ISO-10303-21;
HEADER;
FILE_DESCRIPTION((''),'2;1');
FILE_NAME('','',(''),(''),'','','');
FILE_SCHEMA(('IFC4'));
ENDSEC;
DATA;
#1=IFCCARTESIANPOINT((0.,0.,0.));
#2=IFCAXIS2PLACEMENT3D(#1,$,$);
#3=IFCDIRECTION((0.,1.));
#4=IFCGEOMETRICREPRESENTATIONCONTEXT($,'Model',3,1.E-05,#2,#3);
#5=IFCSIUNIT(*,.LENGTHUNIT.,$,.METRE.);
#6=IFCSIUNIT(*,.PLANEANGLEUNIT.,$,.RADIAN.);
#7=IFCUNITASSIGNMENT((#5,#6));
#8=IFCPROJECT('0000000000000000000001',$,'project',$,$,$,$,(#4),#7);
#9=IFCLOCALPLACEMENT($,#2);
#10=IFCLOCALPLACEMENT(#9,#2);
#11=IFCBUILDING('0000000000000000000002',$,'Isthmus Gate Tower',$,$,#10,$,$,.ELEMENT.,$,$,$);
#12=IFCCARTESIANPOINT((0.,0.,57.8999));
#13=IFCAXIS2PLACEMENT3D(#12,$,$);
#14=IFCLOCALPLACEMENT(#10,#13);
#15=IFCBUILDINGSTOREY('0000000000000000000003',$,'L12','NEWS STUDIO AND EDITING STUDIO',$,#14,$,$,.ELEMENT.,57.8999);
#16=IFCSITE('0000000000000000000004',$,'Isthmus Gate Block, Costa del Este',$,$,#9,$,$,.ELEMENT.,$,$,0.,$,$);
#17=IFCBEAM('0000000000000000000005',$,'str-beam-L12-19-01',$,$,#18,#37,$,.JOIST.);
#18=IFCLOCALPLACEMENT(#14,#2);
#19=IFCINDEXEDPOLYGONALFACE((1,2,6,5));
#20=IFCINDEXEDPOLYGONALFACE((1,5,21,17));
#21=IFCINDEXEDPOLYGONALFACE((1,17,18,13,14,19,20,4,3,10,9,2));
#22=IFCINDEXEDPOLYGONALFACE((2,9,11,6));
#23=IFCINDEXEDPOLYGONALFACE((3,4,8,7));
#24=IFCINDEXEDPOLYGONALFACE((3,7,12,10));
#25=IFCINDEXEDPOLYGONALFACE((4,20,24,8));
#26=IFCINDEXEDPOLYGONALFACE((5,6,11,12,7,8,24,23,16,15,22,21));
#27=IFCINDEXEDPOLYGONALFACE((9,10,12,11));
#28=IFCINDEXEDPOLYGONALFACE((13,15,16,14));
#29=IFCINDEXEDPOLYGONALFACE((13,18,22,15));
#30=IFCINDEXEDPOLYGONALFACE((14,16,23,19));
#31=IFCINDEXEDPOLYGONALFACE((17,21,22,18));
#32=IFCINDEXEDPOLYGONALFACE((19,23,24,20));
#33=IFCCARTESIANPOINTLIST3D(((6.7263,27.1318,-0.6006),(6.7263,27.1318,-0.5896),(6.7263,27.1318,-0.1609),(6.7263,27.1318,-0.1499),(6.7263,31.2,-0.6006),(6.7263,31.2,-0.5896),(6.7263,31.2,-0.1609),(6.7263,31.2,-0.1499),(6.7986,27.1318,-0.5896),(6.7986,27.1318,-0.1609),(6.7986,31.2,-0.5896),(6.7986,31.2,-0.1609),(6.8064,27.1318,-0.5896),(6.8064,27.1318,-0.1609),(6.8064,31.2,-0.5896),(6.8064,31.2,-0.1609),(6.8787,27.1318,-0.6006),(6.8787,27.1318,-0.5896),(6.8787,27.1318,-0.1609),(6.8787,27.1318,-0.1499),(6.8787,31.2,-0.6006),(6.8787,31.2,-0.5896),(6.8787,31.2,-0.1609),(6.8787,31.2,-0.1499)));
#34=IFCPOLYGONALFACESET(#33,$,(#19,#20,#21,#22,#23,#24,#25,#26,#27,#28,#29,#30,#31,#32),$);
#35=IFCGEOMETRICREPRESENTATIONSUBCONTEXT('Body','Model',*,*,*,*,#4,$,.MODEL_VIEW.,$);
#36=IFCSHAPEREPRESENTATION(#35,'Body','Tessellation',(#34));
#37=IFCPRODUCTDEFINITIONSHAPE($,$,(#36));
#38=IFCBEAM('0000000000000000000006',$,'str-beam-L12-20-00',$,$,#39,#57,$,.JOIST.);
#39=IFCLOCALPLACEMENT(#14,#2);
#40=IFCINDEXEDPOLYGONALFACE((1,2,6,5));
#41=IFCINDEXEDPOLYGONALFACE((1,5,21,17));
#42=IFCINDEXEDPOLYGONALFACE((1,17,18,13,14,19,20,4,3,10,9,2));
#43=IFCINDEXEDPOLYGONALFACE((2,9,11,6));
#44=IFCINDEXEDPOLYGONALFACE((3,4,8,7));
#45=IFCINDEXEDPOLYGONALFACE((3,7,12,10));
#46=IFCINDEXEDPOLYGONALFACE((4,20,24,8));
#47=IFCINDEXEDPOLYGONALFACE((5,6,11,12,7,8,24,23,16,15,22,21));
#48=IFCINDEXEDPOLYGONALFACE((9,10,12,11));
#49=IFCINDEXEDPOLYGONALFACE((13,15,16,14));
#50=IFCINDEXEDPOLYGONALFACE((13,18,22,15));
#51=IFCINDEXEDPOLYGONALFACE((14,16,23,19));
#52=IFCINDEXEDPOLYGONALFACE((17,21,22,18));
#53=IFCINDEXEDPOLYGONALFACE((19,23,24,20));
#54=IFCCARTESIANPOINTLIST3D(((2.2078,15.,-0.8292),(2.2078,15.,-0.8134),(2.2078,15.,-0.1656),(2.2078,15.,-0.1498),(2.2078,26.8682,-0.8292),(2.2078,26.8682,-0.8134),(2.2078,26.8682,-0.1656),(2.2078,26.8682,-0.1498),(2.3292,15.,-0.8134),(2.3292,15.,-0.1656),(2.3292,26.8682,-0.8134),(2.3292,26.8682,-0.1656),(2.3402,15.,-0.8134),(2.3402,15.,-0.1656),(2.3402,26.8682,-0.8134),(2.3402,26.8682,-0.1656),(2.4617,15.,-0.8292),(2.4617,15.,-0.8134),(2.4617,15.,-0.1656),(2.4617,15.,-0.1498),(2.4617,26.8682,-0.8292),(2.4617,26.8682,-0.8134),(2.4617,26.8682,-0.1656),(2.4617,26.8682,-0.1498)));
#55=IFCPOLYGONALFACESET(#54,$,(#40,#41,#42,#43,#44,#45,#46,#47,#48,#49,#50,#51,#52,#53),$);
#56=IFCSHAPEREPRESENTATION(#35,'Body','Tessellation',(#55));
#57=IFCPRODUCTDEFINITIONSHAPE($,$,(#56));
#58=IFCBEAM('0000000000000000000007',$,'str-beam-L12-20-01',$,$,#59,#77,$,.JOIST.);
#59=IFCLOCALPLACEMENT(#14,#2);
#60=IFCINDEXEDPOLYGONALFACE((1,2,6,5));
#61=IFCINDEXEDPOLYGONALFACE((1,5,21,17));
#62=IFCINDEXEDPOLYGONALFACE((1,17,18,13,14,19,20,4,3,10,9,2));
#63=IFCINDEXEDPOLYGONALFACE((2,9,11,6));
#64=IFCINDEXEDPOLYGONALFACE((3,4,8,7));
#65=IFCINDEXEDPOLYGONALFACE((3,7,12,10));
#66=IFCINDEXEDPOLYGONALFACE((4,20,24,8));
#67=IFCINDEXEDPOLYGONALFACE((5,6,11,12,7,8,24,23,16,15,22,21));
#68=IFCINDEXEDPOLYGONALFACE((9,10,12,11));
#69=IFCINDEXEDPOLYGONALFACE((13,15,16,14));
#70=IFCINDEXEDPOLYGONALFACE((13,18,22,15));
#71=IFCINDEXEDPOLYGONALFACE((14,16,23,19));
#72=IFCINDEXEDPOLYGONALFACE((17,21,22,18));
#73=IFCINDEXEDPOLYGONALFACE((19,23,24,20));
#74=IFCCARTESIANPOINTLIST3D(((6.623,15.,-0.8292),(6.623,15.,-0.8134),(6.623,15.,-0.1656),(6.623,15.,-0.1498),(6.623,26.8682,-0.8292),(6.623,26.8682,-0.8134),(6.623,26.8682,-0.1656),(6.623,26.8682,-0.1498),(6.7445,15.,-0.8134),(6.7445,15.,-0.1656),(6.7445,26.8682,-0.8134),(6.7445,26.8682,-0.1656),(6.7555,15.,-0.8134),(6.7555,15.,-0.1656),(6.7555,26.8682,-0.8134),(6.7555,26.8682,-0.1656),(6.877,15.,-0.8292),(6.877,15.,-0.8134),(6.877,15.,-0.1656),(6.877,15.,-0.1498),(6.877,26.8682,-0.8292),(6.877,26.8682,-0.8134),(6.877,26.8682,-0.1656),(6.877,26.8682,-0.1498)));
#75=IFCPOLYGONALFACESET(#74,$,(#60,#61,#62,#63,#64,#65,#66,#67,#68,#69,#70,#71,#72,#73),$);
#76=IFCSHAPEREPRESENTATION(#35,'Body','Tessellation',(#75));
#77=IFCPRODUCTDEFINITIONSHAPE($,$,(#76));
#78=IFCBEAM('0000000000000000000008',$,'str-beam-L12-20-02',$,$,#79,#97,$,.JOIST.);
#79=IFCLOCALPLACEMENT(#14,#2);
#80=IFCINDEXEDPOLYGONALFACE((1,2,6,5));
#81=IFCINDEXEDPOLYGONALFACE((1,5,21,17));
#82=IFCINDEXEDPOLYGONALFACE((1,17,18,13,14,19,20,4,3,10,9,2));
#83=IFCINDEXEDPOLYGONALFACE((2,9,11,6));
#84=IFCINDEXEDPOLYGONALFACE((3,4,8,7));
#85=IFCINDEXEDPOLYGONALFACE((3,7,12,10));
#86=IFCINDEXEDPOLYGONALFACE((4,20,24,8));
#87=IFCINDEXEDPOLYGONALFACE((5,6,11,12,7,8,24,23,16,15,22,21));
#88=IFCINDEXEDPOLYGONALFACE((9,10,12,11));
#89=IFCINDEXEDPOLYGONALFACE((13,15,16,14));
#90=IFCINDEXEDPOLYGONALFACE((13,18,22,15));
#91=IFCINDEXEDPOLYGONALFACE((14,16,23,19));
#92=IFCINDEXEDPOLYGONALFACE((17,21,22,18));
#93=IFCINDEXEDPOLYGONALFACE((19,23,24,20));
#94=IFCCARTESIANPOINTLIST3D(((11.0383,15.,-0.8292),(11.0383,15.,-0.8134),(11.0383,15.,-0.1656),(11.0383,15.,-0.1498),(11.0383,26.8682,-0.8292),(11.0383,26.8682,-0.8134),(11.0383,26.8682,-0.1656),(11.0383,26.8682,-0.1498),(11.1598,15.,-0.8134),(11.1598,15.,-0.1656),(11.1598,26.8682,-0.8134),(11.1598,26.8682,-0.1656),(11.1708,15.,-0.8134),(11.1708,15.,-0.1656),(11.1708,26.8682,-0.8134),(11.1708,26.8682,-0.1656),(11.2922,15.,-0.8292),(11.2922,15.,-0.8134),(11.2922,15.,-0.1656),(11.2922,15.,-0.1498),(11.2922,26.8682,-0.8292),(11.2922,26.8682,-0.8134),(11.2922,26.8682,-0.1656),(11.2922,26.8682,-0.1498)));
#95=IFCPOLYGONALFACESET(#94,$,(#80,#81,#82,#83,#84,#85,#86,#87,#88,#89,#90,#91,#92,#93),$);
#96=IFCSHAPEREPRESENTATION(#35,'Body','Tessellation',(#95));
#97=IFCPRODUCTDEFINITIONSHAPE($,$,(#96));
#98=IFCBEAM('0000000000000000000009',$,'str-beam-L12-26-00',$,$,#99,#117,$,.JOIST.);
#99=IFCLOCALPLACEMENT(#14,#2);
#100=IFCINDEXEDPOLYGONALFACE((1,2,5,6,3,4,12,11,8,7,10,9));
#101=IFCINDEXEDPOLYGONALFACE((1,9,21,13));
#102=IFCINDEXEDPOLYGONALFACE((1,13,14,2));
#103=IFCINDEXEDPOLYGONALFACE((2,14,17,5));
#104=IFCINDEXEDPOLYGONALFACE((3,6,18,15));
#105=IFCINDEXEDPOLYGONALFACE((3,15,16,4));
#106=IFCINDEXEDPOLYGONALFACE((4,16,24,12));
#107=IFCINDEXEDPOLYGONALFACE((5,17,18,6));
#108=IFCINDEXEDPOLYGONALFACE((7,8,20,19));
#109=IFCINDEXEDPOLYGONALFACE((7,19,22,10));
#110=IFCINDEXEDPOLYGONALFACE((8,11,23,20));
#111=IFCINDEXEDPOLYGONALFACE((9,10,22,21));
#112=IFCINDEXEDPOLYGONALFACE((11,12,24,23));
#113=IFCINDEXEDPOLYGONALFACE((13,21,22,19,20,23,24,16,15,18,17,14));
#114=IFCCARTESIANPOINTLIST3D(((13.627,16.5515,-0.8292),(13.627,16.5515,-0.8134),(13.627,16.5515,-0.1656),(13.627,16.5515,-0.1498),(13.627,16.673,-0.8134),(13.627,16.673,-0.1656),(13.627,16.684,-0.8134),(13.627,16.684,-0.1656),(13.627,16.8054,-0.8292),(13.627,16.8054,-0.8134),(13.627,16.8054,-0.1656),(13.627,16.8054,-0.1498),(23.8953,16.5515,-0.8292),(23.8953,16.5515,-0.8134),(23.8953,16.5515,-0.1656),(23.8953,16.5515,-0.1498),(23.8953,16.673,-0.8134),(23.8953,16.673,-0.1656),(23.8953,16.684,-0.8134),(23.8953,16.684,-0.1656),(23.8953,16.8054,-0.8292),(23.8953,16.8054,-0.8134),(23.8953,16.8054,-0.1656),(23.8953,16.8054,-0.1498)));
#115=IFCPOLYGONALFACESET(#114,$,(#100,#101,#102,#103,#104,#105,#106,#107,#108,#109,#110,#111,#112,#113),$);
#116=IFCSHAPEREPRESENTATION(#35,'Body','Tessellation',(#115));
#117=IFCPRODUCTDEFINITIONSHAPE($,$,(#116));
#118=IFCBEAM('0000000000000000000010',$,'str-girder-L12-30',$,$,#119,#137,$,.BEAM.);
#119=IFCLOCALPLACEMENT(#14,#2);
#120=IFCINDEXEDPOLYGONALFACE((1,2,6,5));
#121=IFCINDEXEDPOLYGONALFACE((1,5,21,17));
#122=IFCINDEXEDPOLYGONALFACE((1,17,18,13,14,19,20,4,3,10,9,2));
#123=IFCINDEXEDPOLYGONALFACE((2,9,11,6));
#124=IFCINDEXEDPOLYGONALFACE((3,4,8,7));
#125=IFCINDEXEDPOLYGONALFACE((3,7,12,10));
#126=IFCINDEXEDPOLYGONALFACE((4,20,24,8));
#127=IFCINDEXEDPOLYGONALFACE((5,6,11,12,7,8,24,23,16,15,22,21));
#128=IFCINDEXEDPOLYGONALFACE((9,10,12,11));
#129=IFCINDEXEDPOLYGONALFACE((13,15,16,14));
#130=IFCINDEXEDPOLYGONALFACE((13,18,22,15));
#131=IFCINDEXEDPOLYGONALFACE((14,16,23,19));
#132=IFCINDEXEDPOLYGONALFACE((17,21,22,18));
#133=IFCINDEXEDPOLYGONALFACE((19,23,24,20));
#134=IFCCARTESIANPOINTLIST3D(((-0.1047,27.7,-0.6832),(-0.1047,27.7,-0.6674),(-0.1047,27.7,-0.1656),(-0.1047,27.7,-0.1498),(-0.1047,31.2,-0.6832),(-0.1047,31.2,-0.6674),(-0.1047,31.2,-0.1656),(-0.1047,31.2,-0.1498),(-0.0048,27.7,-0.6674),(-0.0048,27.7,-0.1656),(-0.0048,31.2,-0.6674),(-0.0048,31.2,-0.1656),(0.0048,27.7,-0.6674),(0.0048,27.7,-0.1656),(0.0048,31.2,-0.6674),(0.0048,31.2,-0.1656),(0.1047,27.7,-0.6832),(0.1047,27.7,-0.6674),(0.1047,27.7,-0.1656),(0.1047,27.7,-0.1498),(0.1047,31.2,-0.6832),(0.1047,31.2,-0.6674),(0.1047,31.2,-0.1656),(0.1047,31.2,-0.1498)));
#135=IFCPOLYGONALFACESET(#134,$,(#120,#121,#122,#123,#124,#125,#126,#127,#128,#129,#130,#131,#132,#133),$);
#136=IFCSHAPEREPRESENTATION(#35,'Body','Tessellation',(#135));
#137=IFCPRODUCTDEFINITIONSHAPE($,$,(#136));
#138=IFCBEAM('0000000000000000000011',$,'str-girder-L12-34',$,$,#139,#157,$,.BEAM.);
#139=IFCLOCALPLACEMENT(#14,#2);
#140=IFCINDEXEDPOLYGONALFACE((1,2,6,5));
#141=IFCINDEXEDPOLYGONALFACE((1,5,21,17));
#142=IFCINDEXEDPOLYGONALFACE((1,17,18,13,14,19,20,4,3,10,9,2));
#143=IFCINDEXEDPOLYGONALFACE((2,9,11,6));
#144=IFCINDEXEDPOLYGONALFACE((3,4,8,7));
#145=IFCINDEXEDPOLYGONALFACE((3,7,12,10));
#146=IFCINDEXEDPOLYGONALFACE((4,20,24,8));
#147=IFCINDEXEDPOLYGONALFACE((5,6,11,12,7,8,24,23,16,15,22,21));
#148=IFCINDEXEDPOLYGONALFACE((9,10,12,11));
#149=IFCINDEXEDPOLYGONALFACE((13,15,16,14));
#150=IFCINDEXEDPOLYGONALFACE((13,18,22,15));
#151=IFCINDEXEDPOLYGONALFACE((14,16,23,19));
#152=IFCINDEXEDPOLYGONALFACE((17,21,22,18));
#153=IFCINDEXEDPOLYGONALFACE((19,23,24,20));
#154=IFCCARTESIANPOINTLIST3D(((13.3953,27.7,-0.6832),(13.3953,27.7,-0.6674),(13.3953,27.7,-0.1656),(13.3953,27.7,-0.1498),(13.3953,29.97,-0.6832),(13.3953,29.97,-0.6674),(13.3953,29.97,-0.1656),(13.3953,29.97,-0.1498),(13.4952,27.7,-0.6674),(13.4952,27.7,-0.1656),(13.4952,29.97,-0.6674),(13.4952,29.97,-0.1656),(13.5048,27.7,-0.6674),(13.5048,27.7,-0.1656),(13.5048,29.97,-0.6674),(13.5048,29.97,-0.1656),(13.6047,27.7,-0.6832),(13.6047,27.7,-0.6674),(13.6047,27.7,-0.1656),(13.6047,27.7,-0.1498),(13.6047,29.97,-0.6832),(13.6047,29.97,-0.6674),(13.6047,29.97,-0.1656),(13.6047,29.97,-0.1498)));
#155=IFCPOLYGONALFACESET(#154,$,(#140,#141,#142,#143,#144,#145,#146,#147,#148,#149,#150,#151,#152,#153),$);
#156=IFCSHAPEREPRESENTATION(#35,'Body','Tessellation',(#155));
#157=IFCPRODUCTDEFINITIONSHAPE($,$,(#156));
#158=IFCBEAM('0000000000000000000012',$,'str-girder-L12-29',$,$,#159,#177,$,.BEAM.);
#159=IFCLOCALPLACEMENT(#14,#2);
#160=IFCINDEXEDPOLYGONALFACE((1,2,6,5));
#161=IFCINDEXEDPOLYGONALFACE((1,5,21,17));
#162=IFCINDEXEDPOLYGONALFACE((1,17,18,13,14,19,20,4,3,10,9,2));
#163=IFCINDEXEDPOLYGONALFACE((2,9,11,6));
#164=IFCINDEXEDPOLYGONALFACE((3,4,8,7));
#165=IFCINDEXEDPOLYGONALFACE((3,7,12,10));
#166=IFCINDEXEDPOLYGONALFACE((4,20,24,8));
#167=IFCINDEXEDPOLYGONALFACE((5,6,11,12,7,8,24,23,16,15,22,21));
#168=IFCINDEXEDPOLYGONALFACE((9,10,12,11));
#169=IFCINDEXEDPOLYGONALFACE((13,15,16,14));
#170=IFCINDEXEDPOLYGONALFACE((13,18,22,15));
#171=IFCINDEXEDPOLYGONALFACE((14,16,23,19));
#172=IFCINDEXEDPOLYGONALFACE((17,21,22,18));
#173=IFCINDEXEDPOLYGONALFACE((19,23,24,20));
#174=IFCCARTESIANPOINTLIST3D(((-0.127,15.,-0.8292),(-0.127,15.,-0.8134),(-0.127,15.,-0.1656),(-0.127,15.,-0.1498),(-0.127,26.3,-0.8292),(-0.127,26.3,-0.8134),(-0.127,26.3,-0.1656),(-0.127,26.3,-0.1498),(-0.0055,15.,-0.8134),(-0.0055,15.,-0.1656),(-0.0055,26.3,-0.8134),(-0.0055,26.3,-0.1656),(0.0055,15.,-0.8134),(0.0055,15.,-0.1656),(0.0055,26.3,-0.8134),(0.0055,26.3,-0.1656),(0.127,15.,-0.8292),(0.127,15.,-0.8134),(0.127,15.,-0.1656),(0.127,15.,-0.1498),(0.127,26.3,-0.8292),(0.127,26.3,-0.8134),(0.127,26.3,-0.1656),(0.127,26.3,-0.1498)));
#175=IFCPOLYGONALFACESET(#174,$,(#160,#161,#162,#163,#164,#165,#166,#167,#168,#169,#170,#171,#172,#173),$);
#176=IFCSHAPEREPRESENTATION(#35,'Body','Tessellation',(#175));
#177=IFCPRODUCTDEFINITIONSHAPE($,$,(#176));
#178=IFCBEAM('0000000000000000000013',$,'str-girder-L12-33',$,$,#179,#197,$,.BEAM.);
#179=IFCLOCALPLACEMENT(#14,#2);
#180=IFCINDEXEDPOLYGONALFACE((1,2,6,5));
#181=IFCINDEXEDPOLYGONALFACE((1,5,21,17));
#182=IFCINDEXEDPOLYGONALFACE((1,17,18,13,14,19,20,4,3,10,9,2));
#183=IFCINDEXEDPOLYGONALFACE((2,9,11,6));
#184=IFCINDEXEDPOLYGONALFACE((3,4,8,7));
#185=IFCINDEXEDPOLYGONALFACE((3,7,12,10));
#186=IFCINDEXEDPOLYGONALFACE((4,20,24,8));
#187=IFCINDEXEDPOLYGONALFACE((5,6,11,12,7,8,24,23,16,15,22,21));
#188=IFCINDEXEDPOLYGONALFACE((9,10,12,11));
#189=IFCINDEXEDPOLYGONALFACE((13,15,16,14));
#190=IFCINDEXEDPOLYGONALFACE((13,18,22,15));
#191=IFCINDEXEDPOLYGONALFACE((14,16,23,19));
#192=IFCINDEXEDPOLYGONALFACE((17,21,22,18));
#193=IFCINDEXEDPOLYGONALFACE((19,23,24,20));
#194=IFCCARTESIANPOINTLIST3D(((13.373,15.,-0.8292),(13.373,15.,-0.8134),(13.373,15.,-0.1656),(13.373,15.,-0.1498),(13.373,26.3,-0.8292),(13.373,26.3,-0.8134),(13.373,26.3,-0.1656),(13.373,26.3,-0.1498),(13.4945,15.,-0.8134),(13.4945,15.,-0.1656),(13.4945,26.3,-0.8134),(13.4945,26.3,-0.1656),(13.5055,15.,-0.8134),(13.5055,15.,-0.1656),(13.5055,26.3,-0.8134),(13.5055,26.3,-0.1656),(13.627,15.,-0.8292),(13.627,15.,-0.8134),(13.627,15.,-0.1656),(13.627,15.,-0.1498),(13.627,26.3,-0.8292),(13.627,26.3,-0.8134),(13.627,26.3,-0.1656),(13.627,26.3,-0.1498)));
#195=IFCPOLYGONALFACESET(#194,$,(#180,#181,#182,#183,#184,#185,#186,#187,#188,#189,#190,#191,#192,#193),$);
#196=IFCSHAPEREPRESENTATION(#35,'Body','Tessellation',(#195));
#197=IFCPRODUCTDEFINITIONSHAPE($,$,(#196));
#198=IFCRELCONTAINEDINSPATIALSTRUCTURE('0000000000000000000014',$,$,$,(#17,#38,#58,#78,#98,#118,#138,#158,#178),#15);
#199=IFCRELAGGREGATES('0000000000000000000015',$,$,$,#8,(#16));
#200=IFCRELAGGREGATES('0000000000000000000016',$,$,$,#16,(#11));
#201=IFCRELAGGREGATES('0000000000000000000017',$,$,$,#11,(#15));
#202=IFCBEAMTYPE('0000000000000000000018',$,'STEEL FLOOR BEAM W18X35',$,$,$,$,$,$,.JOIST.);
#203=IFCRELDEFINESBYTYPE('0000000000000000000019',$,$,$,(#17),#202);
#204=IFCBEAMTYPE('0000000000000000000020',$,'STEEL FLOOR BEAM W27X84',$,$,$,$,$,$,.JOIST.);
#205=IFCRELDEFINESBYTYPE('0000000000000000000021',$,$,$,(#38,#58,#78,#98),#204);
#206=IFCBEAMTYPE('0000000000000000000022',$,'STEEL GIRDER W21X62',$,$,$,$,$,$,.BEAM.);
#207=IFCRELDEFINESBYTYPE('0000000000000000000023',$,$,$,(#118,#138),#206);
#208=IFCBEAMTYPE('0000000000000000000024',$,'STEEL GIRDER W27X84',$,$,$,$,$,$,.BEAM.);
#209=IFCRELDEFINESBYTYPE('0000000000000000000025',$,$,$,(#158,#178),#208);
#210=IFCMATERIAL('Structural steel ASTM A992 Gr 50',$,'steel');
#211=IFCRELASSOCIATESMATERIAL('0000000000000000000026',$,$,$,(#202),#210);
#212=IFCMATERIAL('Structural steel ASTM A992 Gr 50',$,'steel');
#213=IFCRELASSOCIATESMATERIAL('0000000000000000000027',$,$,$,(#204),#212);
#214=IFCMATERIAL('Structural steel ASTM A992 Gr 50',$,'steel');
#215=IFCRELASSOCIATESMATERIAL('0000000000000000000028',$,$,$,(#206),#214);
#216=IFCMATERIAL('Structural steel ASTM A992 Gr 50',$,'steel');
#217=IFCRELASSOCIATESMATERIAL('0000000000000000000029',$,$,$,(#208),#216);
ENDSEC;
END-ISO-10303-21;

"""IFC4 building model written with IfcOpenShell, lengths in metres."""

from ifc_helpers import new_model, si_unit, direction, frame, origin, origin_2d, place, context, subcontext, project, spatial, i_section, extrude, material, material_profile, profile_set, type_object, element, save


model = new_model("IFC4")

# Units and contexts
model_context = context("Model", 3, precision=1e-05, world=origin(), true_north=direction((0.0, 1.0)))
body_context = subcontext(model_context, "Body", "Model", "MODEL_VIEW")
ifc_project = project(units=[si_unit("LENGTHUNIT", "METRE"), si_unit("PLANEANGLEUNIT", "RADIAN")], contexts=[model_context])

# Site, building, storey
site_placement = place(None, origin())
site = spatial("IfcSite", under=ifc_project, at=site_placement, Name="Isthmus Gate Block, Costa del Este", CompositionType="ELEMENT", RefElevation=0.0)
building_placement = place(site_placement, origin())
building = spatial("IfcBuilding", under=site, at=building_placement, Name="Isthmus Gate Tower", CompositionType="ELEMENT")
storey_placement = place(building_placement, frame((0.0, 0.0, 57.8999)))
storey = spatial("IfcBuildingStorey", under=building, at=storey_placement, Name="L12", Description="NEWS STUDIO AND EDITING STUDIO", CompositionType="ELEMENT", Elevation=57.8999)

# Beams
ifc_material_1 = material(Name="Structural steel ASTM A992 Gr 50", Category="steel")
ifc_material_profile_1 = material_profile(ifc_material_1, i_section(OverallWidth=0.1523, OverallDepth=0.4507, WebThickness=0.0078, FlangeThickness=0.011, at=origin_2d()), Name="W18X35")
ifc_profile_set_1 = profile_set([ifc_material_profile_1], Name="Structural steel ASTM A992 Gr 50")
beam_type_1 = type_object("IfcBeamType", Name="STEEL FLOOR BEAM W18X35", PredefinedType="JOIST", material=ifc_profile_set_1)
beam_1_placement = place(storey_placement, frame((6.8025, 27.1318, -0.3752), z_axis=(0.0, 1.0, 0.0), x_axis=(-1.0, 0.0, 0.0)))
element("IfcBeam", 1, at=beam_1_placement, inside=storey, type_object=beam_type_1, Name="str-beam-L12-19-01", PredefinedType="JOIST", context=body_context, shape_type="SweptSolid", body=[
    extrude(i_section(OverallWidth=0.1523, OverallDepth=0.4507, WebThickness=0.0078, FlangeThickness=0.011, at=origin_2d()), origin(), (0.0, 0.0, 1.0), 4.0681),
])
ifc_material_2 = material(Name="Structural steel ASTM A992 Gr 50", Category="steel")
ifc_material_profile_2 = material_profile(ifc_material_2, i_section(OverallWidth=0.2539, OverallDepth=0.6794, WebThickness=0.011, FlangeThickness=0.0159, at=origin_2d()), Name="W27X84")
ifc_profile_set_2 = profile_set([ifc_material_profile_2], Name="Structural steel ASTM A992 Gr 50")
beam_type_2 = type_object("IfcBeamType", Name="STEEL FLOOR BEAM W27X84", PredefinedType="JOIST", material=ifc_profile_set_2)
for number, where, z_axis, x_axis, name in (
    (2, (2.3347, 15.0, -0.4895), (0.0, 1.0, 0.0), (-1.0, 0.0, 0.0), "str-beam-L12-20-00"),
    (3, (6.75, 15.0, -0.4895), (0.0, 1.0, 0.0), (-1.0, 0.0, 0.0), "str-beam-L12-20-01"),
    (4, (11.1653, 15.0, -0.4895), (0.0, 1.0, 0.0), (-1.0, 0.0, 0.0), "str-beam-L12-20-02"),
):
    element("IfcBeam", number, at=place(storey_placement, frame(where, z_axis=z_axis, x_axis=x_axis)), inside=storey, type_object=beam_type_2, Name=name, PredefinedType="JOIST", context=body_context, shape_type="SweptSolid", body=[
        extrude(i_section(OverallWidth=0.2539, OverallDepth=0.6794, WebThickness=0.011, FlangeThickness=0.0159, at=origin_2d()), origin(), (0.0, 0.0, 1.0), 11.8682),
    ])
beam_2_placement = place(storey_placement, frame((13.627, 16.6785, -0.4895), z_axis=(1.0, 0.0, 0.0), x_axis=(0.0, 1.0, 0.0)))
element("IfcBeam", 5, at=beam_2_placement, inside=storey, type_object=beam_type_2, Name="str-beam-L12-26-00", PredefinedType="JOIST", context=body_context, shape_type="SweptSolid", body=[
    extrude(i_section(OverallWidth=0.2539, OverallDepth=0.6794, WebThickness=0.011, FlangeThickness=0.0159, at=origin_2d()), origin(), (0.0, 0.0, 1.0), 10.2683),
])
ifc_material_3 = material(Name="Structural steel ASTM A992 Gr 50", Category="steel")
ifc_material_profile_3 = material_profile(ifc_material_3, i_section(OverallWidth=0.2095, OverallDepth=0.5334, WebThickness=0.0095, FlangeThickness=0.0159, at=origin_2d()), Name="W21X62")
ifc_profile_set_3 = profile_set([ifc_material_profile_3], Name="Structural steel ASTM A992 Gr 50")
beam_type_3 = type_object("IfcBeamType", Name="STEEL GIRDER W21X62", PredefinedType="BEAM", material=ifc_profile_set_3)
beam_3_placement = place(storey_placement, frame((0.0, 27.7, -0.4165), z_axis=(0.0, 1.0, 0.0), x_axis=(-1.0, 0.0, 0.0)))
element("IfcBeam", 6, at=beam_3_placement, inside=storey, type_object=beam_type_3, Name="str-girder-L12-30", PredefinedType="BEAM", context=body_context, shape_type="SweptSolid", body=[
    extrude(i_section(OverallWidth=0.2095, OverallDepth=0.5334, WebThickness=0.0095, FlangeThickness=0.0159, at=origin_2d()), origin(), (0.0, 0.0, 1.0), 3.5),
])
beam_4_placement = place(storey_placement, frame((13.5, 27.7, -0.4165), z_axis=(0.0, 1.0, 0.0), x_axis=(-1.0, 0.0, 0.0)))
element("IfcBeam", 7, at=beam_4_placement, inside=storey, type_object=beam_type_3, Name="str-girder-L12-34", PredefinedType="BEAM", context=body_context, shape_type="SweptSolid", body=[
    extrude(i_section(OverallWidth=0.2095, OverallDepth=0.5334, WebThickness=0.0095, FlangeThickness=0.0159, at=origin_2d()), origin(), (0.0, 0.0, 1.0), 2.27),
])
ifc_material_4 = material(Name="Structural steel ASTM A992 Gr 50", Category="steel")
ifc_material_profile_4 = material_profile(ifc_material_4, i_section(OverallWidth=0.2539, OverallDepth=0.6794, WebThickness=0.011, FlangeThickness=0.0159, at=origin_2d()), Name="W27X84")
ifc_profile_set_4 = profile_set([ifc_material_profile_4], Name="Structural steel ASTM A992 Gr 50")
beam_type_4 = type_object("IfcBeamType", Name="STEEL GIRDER W27X84", PredefinedType="BEAM", material=ifc_profile_set_4)
for number, where, z_axis, x_axis, name in (
    (8, (0.0, 15.0, -0.4895), (0.0, 1.0, 0.0), (-1.0, 0.0, 0.0), "str-girder-L12-29"),
    (9, (13.5, 15.0, -0.4895), (0.0, 1.0, 0.0), (-1.0, 0.0, 0.0), "str-girder-L12-33"),
):
    element("IfcBeam", number, at=place(storey_placement, frame(where, z_axis=z_axis, x_axis=x_axis)), inside=storey, type_object=beam_type_4, Name=name, PredefinedType="BEAM", context=body_context, shape_type="SweptSolid", body=[
        extrude(i_section(OverallWidth=0.2539, OverallDepth=0.6794, WebThickness=0.011, FlangeThickness=0.0159, at=origin_2d()), origin(), (0.0, 0.0, 1.0), 11.3),
    ])

save(model, "model.ifc")
